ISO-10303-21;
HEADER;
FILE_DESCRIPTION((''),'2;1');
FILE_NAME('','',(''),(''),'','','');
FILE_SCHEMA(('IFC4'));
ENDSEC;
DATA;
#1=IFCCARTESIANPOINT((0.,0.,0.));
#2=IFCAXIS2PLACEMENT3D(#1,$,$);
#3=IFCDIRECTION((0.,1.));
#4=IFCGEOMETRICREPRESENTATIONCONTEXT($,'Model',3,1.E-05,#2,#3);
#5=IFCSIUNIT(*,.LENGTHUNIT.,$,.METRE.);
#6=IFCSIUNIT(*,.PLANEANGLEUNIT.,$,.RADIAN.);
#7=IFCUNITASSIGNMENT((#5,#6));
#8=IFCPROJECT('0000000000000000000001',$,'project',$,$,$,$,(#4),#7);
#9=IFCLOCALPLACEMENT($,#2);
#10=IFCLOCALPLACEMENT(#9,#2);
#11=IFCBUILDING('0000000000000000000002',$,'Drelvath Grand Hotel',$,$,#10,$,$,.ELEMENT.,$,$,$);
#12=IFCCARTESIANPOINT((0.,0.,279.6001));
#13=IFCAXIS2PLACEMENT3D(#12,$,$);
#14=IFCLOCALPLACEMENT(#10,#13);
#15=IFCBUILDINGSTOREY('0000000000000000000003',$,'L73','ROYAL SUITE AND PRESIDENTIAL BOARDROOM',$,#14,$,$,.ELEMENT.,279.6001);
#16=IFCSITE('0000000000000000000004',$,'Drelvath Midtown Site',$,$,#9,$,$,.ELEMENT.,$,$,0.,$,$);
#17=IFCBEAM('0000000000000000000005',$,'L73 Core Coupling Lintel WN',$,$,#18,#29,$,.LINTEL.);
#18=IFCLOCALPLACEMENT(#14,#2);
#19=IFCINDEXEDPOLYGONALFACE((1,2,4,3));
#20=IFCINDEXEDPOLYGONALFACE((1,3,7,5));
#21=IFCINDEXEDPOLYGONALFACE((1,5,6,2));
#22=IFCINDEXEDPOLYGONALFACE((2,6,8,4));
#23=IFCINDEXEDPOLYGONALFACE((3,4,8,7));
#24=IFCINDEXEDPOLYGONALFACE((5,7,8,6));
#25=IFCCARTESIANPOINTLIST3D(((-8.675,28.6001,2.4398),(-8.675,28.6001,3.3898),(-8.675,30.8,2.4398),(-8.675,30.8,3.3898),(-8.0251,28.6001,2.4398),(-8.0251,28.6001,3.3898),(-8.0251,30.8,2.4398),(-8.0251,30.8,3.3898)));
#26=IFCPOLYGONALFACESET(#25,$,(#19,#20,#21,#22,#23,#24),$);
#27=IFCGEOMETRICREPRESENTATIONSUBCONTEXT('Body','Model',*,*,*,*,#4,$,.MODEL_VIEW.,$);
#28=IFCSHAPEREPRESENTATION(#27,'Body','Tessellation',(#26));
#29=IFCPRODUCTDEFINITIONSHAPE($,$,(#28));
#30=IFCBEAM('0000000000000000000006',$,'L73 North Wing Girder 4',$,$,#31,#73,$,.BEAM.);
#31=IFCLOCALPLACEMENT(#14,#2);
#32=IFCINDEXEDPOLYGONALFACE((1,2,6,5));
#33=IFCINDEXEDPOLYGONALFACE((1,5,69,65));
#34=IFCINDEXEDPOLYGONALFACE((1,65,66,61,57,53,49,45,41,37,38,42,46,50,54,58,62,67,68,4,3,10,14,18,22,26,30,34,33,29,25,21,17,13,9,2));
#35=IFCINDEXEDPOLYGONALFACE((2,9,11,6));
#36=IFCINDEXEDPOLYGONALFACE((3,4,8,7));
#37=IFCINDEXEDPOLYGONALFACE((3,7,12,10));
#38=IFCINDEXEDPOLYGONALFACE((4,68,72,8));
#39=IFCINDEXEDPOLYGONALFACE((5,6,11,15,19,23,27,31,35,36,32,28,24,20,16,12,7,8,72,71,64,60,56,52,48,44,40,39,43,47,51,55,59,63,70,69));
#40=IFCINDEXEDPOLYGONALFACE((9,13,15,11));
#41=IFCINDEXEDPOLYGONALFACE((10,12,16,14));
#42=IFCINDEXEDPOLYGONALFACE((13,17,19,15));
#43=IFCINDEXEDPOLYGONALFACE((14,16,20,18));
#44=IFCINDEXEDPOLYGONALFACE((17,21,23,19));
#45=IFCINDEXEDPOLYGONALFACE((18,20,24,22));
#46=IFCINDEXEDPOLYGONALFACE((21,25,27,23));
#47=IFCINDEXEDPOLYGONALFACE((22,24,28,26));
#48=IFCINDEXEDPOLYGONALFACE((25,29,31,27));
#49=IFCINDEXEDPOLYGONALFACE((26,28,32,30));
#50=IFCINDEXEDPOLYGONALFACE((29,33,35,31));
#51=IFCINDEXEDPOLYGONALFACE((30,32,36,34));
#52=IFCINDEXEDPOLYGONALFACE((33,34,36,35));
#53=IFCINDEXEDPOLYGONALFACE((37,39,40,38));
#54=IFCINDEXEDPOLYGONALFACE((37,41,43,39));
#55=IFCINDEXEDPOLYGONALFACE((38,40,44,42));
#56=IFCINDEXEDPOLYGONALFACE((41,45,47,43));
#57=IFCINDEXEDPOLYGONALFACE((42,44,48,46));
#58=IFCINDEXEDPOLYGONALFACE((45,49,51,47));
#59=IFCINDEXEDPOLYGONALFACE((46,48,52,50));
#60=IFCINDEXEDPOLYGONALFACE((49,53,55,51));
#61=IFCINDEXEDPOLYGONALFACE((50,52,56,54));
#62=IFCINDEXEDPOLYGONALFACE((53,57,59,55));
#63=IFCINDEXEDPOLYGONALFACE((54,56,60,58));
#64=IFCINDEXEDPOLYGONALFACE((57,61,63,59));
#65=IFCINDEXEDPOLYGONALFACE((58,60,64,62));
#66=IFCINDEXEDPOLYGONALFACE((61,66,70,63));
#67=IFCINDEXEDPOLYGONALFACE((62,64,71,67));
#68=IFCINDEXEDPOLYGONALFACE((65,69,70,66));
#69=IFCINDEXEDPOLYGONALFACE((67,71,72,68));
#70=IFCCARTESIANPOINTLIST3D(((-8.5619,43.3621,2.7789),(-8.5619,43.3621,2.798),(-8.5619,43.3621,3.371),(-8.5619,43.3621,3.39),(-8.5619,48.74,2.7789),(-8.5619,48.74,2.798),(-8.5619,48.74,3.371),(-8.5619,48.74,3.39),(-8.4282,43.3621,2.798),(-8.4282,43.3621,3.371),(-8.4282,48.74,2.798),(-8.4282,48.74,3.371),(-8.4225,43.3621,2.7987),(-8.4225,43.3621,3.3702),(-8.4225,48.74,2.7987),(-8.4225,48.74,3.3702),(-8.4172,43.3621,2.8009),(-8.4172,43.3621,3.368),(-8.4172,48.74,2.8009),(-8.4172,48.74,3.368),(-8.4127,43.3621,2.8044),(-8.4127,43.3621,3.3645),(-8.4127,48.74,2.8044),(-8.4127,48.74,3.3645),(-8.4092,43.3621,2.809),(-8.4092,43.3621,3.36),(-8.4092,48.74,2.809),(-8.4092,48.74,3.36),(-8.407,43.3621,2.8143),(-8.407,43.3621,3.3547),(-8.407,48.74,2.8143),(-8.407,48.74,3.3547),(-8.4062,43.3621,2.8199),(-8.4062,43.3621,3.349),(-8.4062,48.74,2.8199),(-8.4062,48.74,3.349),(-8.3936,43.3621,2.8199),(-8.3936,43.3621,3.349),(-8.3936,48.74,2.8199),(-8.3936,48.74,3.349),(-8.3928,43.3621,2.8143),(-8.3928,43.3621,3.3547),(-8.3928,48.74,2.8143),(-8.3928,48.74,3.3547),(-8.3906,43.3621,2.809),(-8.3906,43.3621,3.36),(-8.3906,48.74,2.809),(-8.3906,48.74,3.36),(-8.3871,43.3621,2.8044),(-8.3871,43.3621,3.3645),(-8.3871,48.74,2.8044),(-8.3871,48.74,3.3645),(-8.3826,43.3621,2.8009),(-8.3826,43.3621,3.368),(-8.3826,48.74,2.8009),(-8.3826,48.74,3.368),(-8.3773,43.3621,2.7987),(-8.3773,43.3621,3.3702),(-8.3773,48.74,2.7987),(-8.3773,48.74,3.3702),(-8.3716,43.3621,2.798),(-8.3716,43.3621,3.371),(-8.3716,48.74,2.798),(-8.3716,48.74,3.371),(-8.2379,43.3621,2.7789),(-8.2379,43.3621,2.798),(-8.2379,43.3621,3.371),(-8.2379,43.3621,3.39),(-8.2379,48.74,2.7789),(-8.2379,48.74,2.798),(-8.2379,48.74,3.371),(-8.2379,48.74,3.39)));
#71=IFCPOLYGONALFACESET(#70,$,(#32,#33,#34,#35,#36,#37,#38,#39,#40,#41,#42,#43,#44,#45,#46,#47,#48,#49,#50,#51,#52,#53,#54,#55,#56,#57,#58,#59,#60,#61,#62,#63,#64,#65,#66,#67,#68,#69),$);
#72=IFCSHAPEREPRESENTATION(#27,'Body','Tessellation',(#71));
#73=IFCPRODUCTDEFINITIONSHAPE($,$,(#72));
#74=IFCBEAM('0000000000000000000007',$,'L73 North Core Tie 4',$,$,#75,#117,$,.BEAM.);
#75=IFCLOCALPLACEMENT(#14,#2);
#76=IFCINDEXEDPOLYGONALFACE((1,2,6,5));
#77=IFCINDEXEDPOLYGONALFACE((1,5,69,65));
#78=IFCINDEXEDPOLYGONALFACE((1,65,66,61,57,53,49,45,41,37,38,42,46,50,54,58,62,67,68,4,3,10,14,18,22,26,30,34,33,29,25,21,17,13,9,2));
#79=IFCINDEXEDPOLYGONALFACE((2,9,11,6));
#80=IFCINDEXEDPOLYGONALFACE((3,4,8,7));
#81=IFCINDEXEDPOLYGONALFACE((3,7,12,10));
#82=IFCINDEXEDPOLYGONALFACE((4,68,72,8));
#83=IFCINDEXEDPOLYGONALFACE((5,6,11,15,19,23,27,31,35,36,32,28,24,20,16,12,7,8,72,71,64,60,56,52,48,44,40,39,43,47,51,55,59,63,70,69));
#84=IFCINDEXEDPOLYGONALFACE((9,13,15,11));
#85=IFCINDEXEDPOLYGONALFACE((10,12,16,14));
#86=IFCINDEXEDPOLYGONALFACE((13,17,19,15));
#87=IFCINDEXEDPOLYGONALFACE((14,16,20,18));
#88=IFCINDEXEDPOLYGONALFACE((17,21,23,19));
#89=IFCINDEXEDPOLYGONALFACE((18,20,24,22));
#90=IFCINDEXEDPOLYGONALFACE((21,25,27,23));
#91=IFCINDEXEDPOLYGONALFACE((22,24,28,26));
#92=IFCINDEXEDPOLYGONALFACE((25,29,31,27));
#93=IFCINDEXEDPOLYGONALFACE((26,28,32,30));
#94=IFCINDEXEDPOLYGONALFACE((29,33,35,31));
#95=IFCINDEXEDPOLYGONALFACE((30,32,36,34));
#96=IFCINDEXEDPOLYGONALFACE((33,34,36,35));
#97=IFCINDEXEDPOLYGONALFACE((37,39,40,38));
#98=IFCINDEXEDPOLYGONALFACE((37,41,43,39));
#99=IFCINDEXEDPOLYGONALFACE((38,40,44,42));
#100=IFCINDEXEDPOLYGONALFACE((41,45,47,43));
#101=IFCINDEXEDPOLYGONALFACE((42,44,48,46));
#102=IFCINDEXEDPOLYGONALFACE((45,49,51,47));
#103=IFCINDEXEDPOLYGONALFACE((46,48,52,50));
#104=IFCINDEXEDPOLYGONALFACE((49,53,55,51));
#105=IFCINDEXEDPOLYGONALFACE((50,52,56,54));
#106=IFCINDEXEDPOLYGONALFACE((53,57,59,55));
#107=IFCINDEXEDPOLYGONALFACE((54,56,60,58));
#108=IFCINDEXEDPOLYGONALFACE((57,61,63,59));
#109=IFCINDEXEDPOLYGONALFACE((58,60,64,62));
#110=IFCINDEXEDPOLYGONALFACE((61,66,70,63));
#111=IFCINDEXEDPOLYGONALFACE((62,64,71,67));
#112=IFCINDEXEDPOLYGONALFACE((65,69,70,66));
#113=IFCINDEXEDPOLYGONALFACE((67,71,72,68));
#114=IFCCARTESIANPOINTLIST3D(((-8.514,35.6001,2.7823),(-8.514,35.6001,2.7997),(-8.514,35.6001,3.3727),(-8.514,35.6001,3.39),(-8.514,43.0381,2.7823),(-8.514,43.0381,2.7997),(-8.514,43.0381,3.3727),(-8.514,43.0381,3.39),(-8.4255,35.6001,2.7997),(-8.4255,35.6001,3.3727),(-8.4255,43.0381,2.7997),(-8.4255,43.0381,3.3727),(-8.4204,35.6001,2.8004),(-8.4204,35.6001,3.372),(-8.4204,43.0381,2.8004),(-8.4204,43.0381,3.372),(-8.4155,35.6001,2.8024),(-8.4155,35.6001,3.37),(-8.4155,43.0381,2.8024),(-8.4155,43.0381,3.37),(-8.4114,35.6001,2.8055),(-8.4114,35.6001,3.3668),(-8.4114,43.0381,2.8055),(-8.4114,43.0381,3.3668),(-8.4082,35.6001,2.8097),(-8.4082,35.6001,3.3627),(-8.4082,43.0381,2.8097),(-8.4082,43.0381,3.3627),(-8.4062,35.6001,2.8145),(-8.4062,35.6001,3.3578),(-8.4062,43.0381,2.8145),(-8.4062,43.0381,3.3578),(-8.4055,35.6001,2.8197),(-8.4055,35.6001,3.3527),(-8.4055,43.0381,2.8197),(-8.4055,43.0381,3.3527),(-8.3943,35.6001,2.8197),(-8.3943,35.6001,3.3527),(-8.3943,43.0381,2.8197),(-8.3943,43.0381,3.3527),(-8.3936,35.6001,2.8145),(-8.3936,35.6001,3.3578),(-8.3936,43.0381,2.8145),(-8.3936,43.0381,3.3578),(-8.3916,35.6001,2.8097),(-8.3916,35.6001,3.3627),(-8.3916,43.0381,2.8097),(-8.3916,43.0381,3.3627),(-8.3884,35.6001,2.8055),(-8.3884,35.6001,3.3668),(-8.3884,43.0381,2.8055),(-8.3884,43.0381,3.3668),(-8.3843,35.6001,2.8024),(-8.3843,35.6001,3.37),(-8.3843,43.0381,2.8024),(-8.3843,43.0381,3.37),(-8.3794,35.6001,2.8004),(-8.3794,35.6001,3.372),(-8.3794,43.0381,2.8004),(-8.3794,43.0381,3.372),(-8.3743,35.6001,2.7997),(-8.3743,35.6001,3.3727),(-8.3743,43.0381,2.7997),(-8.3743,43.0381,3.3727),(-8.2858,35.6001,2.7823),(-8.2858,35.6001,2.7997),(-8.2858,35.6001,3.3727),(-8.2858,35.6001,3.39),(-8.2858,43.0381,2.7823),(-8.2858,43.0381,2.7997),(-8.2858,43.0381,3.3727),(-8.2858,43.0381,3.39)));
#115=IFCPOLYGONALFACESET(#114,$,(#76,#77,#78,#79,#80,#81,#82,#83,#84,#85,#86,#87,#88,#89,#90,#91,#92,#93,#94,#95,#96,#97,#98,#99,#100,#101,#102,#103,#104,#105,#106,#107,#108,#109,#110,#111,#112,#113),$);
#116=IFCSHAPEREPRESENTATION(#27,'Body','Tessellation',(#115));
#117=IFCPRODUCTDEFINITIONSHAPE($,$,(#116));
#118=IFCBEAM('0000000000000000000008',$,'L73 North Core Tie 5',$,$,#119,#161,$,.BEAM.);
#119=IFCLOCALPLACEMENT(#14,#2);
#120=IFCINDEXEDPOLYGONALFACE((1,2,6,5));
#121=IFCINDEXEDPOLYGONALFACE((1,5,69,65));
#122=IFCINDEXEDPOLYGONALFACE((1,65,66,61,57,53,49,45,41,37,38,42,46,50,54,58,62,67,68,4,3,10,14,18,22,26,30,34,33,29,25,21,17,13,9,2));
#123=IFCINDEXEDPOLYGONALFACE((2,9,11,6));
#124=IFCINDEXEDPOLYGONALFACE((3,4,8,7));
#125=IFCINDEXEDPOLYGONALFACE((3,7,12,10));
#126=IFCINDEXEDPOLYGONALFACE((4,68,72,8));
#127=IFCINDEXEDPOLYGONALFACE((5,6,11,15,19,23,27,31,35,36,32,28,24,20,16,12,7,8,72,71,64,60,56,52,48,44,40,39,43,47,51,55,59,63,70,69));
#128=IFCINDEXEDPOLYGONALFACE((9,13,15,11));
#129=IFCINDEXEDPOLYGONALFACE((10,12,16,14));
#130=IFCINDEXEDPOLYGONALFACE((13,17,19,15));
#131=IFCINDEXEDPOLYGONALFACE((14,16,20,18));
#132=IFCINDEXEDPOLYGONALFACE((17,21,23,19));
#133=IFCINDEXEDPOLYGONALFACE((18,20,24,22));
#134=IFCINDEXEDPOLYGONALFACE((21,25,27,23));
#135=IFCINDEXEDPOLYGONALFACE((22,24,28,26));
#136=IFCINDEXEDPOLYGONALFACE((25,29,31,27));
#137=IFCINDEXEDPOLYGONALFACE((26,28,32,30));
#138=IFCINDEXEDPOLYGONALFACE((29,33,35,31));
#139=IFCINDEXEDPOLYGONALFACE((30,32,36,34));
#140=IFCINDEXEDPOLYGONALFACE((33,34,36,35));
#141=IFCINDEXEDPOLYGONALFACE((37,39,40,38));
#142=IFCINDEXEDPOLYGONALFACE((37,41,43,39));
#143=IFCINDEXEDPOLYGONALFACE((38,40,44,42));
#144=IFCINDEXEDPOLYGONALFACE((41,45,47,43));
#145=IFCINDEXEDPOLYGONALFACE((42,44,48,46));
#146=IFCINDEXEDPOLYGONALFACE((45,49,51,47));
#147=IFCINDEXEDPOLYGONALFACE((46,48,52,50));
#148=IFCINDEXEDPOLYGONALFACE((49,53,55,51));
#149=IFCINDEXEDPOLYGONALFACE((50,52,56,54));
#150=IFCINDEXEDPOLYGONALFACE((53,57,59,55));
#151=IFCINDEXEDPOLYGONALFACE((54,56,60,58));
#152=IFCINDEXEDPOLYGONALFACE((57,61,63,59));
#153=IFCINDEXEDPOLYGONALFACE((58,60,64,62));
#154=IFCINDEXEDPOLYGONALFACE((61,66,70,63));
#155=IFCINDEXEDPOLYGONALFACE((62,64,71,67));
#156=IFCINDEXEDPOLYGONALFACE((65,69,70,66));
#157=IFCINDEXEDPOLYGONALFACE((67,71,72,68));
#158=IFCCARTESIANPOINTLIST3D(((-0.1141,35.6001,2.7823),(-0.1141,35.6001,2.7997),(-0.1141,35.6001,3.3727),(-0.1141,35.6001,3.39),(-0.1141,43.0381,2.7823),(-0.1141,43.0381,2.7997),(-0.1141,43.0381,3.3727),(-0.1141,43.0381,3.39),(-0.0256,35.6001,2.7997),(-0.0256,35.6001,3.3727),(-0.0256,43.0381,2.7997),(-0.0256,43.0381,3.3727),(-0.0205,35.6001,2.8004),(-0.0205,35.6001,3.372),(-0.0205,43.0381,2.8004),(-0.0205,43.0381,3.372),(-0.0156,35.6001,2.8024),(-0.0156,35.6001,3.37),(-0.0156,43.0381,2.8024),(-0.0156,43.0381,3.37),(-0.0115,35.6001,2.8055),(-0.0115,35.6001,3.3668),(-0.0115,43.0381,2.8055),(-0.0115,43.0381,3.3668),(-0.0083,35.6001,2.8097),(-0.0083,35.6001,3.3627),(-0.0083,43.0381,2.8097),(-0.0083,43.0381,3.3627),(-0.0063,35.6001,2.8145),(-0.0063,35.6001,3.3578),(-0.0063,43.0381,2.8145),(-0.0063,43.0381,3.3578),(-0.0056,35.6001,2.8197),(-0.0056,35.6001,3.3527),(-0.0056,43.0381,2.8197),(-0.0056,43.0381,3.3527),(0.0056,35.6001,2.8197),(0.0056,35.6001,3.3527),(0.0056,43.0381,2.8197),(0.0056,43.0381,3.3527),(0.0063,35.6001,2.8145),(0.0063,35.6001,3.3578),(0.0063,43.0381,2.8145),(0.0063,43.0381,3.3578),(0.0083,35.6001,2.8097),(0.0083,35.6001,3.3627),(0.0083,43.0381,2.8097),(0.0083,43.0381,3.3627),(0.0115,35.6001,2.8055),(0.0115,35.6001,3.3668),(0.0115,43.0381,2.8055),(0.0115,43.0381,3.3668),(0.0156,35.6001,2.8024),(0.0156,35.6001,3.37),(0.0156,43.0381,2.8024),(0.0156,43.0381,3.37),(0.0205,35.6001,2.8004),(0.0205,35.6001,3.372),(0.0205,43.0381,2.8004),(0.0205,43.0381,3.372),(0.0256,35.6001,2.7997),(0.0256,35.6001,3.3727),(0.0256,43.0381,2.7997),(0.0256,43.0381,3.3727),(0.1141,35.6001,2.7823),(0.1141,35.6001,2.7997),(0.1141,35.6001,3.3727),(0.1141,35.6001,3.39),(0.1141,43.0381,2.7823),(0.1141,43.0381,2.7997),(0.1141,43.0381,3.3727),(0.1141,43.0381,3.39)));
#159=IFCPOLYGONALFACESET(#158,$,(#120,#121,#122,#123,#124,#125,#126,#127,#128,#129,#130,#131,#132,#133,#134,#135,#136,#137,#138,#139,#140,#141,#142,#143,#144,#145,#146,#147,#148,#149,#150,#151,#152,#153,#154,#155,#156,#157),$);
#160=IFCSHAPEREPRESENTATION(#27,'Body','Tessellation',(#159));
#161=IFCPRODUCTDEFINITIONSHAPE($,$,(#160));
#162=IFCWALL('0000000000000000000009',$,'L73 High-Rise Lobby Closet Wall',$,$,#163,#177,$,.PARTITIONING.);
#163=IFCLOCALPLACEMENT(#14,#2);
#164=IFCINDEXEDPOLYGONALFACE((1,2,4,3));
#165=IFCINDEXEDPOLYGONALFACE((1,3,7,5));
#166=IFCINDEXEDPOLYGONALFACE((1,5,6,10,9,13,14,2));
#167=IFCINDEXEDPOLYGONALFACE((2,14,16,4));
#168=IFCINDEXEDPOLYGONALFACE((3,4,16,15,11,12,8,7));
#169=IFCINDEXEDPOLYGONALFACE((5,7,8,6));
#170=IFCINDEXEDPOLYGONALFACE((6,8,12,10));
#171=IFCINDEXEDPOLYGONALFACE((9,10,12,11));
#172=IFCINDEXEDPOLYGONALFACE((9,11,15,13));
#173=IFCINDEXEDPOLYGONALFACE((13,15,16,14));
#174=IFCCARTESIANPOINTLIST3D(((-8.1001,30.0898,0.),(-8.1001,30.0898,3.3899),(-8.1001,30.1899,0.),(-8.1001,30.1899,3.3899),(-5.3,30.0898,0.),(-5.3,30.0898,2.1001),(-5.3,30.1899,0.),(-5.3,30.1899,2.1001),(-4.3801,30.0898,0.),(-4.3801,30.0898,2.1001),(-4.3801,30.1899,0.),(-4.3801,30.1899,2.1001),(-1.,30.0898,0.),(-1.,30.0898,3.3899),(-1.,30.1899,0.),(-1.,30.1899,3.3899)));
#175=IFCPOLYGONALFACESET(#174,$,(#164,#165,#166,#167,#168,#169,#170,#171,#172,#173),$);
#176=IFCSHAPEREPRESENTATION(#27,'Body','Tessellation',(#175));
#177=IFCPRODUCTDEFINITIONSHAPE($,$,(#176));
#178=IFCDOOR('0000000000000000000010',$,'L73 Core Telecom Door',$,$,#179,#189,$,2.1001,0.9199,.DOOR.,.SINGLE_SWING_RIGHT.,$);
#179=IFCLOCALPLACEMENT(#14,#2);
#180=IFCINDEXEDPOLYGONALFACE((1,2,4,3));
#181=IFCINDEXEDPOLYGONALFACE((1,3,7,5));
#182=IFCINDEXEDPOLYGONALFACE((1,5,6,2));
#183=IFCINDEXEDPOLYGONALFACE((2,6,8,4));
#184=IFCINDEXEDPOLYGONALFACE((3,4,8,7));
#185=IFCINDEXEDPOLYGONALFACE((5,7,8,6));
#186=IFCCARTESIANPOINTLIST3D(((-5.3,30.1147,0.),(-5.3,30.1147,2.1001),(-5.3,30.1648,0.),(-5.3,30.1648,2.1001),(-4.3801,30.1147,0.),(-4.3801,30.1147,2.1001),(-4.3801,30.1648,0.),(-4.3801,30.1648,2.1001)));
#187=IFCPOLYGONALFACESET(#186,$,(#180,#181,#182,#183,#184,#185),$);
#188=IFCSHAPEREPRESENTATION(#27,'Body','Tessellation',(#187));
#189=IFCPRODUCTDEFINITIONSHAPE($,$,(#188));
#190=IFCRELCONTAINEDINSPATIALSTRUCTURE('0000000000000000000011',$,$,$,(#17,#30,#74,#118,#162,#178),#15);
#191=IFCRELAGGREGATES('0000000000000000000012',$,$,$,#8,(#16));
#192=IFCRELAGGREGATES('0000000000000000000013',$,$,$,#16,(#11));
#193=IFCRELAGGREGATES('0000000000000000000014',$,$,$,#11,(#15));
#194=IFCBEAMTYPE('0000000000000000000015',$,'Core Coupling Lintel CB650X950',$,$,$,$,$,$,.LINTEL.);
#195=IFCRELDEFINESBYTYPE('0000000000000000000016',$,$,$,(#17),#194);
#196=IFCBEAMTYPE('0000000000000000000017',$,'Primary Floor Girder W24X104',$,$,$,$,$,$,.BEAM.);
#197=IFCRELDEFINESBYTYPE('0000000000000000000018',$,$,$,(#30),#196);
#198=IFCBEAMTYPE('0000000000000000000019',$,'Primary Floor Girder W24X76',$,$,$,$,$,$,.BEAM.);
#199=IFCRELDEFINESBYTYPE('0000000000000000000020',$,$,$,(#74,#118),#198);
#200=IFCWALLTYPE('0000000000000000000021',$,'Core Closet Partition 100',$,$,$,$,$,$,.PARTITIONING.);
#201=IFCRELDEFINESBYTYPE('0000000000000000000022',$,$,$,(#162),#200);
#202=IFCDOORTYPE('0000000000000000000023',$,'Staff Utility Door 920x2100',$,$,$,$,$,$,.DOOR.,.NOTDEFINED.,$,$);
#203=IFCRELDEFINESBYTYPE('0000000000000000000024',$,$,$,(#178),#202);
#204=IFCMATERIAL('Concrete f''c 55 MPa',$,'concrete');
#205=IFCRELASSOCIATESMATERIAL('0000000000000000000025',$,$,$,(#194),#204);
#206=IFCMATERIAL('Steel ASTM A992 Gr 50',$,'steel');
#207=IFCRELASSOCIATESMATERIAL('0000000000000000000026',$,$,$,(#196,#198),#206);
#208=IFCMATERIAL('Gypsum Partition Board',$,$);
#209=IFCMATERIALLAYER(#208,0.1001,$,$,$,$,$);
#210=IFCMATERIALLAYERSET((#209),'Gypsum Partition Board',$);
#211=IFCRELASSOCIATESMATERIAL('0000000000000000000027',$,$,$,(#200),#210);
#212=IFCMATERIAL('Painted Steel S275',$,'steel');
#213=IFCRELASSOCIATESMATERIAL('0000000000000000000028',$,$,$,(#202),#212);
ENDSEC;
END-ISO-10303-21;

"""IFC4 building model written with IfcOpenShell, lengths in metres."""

from ifc_helpers import new_model, si_unit, direction, frame, frame_2d, origin, origin_2d, place, context, subcontext, project, spatial, rectangle, i_section, extrude, material, layer, layer_set, material_profile, profile_set, type_object, element, fill, save


model = new_model("IFC4")

# Units and contexts
model_context = context("Model", 3, precision=1e-05, world=origin(), true_north=direction((0.0, 1.0)))
body_context = subcontext(model_context, "Body", "Model", "MODEL_VIEW")
ifc_project = project(units=[si_unit("LENGTHUNIT", "METRE"), si_unit("PLANEANGLEUNIT", "RADIAN")], contexts=[model_context])

# Site, building, storey
site_placement = place(None, origin())
site = spatial("IfcSite", under=ifc_project, at=site_placement, Name="Drelvath Midtown Site", CompositionType="ELEMENT", RefElevation=0.0)
building_placement = place(site_placement, origin())
building = spatial("IfcBuilding", under=site, at=building_placement, Name="Drelvath Grand Hotel", CompositionType="ELEMENT")
storey_placement = place(building_placement, frame((0.0, 0.0, 279.6001)))
storey = spatial("IfcBuildingStorey", under=building, at=storey_placement, Name="L73", Description="ROYAL SUITE AND PRESIDENTIAL BOARDROOM", CompositionType="ELEMENT", Elevation=279.6001)

# Beams
ifc_material_1 = material(Name="Concrete f'c 55 MPa", Category="concrete")
ifc_material_profile_1 = material_profile(ifc_material_1, rectangle(XDim=0.6499, YDim=0.95, at=origin_2d()), Name="CB650X950")
ifc_profile_set_1 = profile_set([ifc_material_profile_1], Name="Concrete f'c 55 MPa")
beam_type_1 = type_object("IfcBeamType", Name="Core Coupling Lintel CB650X950", PredefinedType="LINTEL", material=ifc_profile_set_1)
beam_1_placement = place(storey_placement, frame((-8.3501, 28.6001, 2.9148), z_axis=(0.0, 1.0, 0.0), x_axis=(-1.0, 0.0, 0.0)))
element("IfcBeam", 1, at=beam_1_placement, inside=storey, type_object=beam_type_1, Name="L73 Core Coupling Lintel WN", PredefinedType="LINTEL", context=body_context, shape_type="SweptSolid", body=[
    extrude(rectangle(XDim=0.6499, YDim=0.95, at=origin_2d()), origin(), (0.0, 0.0, 1.0), 2.2),
])
ifc_material_2 = material(Name="Steel ASTM A992 Gr 50", Category="steel")
ifc_material_profile_2 = material_profile(ifc_material_2, i_section(OverallWidth=0.324, OverallDepth=0.6111, WebThickness=0.0127, FlangeThickness=0.019, FilletRadius=0.022, at=origin_2d()), Name="W24X104")
ifc_profile_set_2 = profile_set([ifc_material_profile_2], Name="Steel ASTM A992 Gr 50")
beam_type_2 = type_object("IfcBeamType", Name="Primary Floor Girder W24X104", PredefinedType="BEAM", material=ifc_profile_set_2)
beam_2_placement = place(storey_placement, frame((-8.3999, 43.3621, 3.0845), z_axis=(0.0, 1.0, 0.0), x_axis=(-1.0, 0.0, 0.0)))
element("IfcBeam", 2, at=beam_2_placement, inside=storey, type_object=beam_type_2, Name="L73 North Wing Girder 4", PredefinedType="BEAM", context=body_context, shape_type="SweptSolid", body=[
    extrude(i_section(OverallWidth=0.324, OverallDepth=0.6111, WebThickness=0.0127, FlangeThickness=0.019, FilletRadius=0.022, at=origin_2d()), origin(), (0.0, 0.0, 1.0), 5.3779),
])
ifc_material_profile_3 = material_profile(ifc_material_2, i_section(OverallWidth=0.2283, OverallDepth=0.6077, WebThickness=0.0112, FlangeThickness=0.0173, FilletRadius=0.02, at=origin_2d()), Name="W24X76")
ifc_profile_set_3 = profile_set([ifc_material_profile_3], Name="Steel ASTM A992 Gr 50")
beam_type_3 = type_object("IfcBeamType", Name="Primary Floor Girder W24X76", PredefinedType="BEAM", material=ifc_profile_set_3)
for number, where, z_axis, x_axis, name in (
    (3, (-8.3999, 35.6001, 3.0862), (0.0, 1.0, 0.0), (-1.0, 0.0, 0.0), "L73 North Core Tie 4"),
    (4, (0.0, 35.6001, 3.0862), (0.0, 1.0, 0.0), (-1.0, 0.0, 0.0), "L73 North Core Tie 5"),
):
    element("IfcBeam", number, at=place(storey_placement, frame(where, z_axis=z_axis, x_axis=x_axis)), inside=storey, type_object=beam_type_3, Name=name, PredefinedType="BEAM", context=body_context, shape_type="SweptSolid", body=[
        extrude(i_section(OverallWidth=0.2283, OverallDepth=0.6077, WebThickness=0.0112, FlangeThickness=0.0173, FilletRadius=0.02, at=origin_2d()), origin(), (0.0, 0.0, 1.0), 7.438),
    ])

# Wall, opening, door
ifc_material_3 = material(Name="Gypsum Partition Board")
ifc_layer_1 = layer(ifc_material_3, 0.1001)
ifc_layer_set_1 = layer_set([ifc_layer_1], Name="Gypsum Partition Board")
wall_type_1 = type_object("IfcWallType", Name="Core Closet Partition 100", PredefinedType="PARTITIONING", material=ifc_layer_set_1)
wall_1_placement = place(storey_placement, frame((-8.1001, 30.1399, 0.0), z_axis=(0.0, 0.0, 1.0), x_axis=(1.0, 0.0, 0.0)))
wall_1 = element("IfcWall", 5, at=wall_1_placement, inside=storey, type_object=wall_type_1, Name="L73 High-Rise Lobby Closet Wall", PredefinedType="PARTITIONING", context=body_context, shape_type="SweptSolid", body=[
    extrude(rectangle(XDim=7.1001, YDim=0.1001, at=frame_2d((3.55, 0.0))), origin(), (0.0, 0.0, 1.0), 3.3899),
])
opening_1_placement = place(wall_1_placement, frame((2.8, 0.0, 0.0)))
opening_1 = element("IfcOpeningElement", 6, at=opening_1_placement, cuts=wall_1, PredefinedType="OPENING", context=body_context, shape_type="SweptSolid", body=[
    extrude(rectangle(XDim=0.9199, YDim=2.1001, at=frame_2d((0.46, 1.05))), frame((0.0, 0.0601, 0.0), z_axis=(0.0, -1.0, 0.0), x_axis=(1.0, 0.0, 0.0)), (0.0, 0.0, 1.0), 0.1201),
])
ifc_material_4 = material(Name="Painted Steel S275", Category="steel")
door_type_1 = type_object("IfcDoorType", Name="Staff Utility Door 920x2100", OperationType="NOTDEFINED", PredefinedType="DOOR", material=ifc_material_4)
door_1_placement = place(opening_1_placement, origin())
door_1 = element("IfcDoor", 7, at=door_1_placement, inside=storey, type_object=door_type_1, Name="L73 Core Telecom Door", OperationType="SINGLE_SWING_RIGHT", OverallHeight=2.1001, OverallWidth=0.9199, PredefinedType="DOOR", context=body_context, shape_type="SweptSolid", body=[
    extrude(rectangle(XDim=0.9199, YDim=2.1001, at=frame_2d((0.46, 1.05))), frame((0.0, 0.0249, 0.0), z_axis=(0.0, -1.0, 0.0), x_axis=(1.0, 0.0, 0.0)), (0.0, 0.0, 1.0), 0.05),
])
fill(opening_1, door_1)

save(model, "model.ifc")
